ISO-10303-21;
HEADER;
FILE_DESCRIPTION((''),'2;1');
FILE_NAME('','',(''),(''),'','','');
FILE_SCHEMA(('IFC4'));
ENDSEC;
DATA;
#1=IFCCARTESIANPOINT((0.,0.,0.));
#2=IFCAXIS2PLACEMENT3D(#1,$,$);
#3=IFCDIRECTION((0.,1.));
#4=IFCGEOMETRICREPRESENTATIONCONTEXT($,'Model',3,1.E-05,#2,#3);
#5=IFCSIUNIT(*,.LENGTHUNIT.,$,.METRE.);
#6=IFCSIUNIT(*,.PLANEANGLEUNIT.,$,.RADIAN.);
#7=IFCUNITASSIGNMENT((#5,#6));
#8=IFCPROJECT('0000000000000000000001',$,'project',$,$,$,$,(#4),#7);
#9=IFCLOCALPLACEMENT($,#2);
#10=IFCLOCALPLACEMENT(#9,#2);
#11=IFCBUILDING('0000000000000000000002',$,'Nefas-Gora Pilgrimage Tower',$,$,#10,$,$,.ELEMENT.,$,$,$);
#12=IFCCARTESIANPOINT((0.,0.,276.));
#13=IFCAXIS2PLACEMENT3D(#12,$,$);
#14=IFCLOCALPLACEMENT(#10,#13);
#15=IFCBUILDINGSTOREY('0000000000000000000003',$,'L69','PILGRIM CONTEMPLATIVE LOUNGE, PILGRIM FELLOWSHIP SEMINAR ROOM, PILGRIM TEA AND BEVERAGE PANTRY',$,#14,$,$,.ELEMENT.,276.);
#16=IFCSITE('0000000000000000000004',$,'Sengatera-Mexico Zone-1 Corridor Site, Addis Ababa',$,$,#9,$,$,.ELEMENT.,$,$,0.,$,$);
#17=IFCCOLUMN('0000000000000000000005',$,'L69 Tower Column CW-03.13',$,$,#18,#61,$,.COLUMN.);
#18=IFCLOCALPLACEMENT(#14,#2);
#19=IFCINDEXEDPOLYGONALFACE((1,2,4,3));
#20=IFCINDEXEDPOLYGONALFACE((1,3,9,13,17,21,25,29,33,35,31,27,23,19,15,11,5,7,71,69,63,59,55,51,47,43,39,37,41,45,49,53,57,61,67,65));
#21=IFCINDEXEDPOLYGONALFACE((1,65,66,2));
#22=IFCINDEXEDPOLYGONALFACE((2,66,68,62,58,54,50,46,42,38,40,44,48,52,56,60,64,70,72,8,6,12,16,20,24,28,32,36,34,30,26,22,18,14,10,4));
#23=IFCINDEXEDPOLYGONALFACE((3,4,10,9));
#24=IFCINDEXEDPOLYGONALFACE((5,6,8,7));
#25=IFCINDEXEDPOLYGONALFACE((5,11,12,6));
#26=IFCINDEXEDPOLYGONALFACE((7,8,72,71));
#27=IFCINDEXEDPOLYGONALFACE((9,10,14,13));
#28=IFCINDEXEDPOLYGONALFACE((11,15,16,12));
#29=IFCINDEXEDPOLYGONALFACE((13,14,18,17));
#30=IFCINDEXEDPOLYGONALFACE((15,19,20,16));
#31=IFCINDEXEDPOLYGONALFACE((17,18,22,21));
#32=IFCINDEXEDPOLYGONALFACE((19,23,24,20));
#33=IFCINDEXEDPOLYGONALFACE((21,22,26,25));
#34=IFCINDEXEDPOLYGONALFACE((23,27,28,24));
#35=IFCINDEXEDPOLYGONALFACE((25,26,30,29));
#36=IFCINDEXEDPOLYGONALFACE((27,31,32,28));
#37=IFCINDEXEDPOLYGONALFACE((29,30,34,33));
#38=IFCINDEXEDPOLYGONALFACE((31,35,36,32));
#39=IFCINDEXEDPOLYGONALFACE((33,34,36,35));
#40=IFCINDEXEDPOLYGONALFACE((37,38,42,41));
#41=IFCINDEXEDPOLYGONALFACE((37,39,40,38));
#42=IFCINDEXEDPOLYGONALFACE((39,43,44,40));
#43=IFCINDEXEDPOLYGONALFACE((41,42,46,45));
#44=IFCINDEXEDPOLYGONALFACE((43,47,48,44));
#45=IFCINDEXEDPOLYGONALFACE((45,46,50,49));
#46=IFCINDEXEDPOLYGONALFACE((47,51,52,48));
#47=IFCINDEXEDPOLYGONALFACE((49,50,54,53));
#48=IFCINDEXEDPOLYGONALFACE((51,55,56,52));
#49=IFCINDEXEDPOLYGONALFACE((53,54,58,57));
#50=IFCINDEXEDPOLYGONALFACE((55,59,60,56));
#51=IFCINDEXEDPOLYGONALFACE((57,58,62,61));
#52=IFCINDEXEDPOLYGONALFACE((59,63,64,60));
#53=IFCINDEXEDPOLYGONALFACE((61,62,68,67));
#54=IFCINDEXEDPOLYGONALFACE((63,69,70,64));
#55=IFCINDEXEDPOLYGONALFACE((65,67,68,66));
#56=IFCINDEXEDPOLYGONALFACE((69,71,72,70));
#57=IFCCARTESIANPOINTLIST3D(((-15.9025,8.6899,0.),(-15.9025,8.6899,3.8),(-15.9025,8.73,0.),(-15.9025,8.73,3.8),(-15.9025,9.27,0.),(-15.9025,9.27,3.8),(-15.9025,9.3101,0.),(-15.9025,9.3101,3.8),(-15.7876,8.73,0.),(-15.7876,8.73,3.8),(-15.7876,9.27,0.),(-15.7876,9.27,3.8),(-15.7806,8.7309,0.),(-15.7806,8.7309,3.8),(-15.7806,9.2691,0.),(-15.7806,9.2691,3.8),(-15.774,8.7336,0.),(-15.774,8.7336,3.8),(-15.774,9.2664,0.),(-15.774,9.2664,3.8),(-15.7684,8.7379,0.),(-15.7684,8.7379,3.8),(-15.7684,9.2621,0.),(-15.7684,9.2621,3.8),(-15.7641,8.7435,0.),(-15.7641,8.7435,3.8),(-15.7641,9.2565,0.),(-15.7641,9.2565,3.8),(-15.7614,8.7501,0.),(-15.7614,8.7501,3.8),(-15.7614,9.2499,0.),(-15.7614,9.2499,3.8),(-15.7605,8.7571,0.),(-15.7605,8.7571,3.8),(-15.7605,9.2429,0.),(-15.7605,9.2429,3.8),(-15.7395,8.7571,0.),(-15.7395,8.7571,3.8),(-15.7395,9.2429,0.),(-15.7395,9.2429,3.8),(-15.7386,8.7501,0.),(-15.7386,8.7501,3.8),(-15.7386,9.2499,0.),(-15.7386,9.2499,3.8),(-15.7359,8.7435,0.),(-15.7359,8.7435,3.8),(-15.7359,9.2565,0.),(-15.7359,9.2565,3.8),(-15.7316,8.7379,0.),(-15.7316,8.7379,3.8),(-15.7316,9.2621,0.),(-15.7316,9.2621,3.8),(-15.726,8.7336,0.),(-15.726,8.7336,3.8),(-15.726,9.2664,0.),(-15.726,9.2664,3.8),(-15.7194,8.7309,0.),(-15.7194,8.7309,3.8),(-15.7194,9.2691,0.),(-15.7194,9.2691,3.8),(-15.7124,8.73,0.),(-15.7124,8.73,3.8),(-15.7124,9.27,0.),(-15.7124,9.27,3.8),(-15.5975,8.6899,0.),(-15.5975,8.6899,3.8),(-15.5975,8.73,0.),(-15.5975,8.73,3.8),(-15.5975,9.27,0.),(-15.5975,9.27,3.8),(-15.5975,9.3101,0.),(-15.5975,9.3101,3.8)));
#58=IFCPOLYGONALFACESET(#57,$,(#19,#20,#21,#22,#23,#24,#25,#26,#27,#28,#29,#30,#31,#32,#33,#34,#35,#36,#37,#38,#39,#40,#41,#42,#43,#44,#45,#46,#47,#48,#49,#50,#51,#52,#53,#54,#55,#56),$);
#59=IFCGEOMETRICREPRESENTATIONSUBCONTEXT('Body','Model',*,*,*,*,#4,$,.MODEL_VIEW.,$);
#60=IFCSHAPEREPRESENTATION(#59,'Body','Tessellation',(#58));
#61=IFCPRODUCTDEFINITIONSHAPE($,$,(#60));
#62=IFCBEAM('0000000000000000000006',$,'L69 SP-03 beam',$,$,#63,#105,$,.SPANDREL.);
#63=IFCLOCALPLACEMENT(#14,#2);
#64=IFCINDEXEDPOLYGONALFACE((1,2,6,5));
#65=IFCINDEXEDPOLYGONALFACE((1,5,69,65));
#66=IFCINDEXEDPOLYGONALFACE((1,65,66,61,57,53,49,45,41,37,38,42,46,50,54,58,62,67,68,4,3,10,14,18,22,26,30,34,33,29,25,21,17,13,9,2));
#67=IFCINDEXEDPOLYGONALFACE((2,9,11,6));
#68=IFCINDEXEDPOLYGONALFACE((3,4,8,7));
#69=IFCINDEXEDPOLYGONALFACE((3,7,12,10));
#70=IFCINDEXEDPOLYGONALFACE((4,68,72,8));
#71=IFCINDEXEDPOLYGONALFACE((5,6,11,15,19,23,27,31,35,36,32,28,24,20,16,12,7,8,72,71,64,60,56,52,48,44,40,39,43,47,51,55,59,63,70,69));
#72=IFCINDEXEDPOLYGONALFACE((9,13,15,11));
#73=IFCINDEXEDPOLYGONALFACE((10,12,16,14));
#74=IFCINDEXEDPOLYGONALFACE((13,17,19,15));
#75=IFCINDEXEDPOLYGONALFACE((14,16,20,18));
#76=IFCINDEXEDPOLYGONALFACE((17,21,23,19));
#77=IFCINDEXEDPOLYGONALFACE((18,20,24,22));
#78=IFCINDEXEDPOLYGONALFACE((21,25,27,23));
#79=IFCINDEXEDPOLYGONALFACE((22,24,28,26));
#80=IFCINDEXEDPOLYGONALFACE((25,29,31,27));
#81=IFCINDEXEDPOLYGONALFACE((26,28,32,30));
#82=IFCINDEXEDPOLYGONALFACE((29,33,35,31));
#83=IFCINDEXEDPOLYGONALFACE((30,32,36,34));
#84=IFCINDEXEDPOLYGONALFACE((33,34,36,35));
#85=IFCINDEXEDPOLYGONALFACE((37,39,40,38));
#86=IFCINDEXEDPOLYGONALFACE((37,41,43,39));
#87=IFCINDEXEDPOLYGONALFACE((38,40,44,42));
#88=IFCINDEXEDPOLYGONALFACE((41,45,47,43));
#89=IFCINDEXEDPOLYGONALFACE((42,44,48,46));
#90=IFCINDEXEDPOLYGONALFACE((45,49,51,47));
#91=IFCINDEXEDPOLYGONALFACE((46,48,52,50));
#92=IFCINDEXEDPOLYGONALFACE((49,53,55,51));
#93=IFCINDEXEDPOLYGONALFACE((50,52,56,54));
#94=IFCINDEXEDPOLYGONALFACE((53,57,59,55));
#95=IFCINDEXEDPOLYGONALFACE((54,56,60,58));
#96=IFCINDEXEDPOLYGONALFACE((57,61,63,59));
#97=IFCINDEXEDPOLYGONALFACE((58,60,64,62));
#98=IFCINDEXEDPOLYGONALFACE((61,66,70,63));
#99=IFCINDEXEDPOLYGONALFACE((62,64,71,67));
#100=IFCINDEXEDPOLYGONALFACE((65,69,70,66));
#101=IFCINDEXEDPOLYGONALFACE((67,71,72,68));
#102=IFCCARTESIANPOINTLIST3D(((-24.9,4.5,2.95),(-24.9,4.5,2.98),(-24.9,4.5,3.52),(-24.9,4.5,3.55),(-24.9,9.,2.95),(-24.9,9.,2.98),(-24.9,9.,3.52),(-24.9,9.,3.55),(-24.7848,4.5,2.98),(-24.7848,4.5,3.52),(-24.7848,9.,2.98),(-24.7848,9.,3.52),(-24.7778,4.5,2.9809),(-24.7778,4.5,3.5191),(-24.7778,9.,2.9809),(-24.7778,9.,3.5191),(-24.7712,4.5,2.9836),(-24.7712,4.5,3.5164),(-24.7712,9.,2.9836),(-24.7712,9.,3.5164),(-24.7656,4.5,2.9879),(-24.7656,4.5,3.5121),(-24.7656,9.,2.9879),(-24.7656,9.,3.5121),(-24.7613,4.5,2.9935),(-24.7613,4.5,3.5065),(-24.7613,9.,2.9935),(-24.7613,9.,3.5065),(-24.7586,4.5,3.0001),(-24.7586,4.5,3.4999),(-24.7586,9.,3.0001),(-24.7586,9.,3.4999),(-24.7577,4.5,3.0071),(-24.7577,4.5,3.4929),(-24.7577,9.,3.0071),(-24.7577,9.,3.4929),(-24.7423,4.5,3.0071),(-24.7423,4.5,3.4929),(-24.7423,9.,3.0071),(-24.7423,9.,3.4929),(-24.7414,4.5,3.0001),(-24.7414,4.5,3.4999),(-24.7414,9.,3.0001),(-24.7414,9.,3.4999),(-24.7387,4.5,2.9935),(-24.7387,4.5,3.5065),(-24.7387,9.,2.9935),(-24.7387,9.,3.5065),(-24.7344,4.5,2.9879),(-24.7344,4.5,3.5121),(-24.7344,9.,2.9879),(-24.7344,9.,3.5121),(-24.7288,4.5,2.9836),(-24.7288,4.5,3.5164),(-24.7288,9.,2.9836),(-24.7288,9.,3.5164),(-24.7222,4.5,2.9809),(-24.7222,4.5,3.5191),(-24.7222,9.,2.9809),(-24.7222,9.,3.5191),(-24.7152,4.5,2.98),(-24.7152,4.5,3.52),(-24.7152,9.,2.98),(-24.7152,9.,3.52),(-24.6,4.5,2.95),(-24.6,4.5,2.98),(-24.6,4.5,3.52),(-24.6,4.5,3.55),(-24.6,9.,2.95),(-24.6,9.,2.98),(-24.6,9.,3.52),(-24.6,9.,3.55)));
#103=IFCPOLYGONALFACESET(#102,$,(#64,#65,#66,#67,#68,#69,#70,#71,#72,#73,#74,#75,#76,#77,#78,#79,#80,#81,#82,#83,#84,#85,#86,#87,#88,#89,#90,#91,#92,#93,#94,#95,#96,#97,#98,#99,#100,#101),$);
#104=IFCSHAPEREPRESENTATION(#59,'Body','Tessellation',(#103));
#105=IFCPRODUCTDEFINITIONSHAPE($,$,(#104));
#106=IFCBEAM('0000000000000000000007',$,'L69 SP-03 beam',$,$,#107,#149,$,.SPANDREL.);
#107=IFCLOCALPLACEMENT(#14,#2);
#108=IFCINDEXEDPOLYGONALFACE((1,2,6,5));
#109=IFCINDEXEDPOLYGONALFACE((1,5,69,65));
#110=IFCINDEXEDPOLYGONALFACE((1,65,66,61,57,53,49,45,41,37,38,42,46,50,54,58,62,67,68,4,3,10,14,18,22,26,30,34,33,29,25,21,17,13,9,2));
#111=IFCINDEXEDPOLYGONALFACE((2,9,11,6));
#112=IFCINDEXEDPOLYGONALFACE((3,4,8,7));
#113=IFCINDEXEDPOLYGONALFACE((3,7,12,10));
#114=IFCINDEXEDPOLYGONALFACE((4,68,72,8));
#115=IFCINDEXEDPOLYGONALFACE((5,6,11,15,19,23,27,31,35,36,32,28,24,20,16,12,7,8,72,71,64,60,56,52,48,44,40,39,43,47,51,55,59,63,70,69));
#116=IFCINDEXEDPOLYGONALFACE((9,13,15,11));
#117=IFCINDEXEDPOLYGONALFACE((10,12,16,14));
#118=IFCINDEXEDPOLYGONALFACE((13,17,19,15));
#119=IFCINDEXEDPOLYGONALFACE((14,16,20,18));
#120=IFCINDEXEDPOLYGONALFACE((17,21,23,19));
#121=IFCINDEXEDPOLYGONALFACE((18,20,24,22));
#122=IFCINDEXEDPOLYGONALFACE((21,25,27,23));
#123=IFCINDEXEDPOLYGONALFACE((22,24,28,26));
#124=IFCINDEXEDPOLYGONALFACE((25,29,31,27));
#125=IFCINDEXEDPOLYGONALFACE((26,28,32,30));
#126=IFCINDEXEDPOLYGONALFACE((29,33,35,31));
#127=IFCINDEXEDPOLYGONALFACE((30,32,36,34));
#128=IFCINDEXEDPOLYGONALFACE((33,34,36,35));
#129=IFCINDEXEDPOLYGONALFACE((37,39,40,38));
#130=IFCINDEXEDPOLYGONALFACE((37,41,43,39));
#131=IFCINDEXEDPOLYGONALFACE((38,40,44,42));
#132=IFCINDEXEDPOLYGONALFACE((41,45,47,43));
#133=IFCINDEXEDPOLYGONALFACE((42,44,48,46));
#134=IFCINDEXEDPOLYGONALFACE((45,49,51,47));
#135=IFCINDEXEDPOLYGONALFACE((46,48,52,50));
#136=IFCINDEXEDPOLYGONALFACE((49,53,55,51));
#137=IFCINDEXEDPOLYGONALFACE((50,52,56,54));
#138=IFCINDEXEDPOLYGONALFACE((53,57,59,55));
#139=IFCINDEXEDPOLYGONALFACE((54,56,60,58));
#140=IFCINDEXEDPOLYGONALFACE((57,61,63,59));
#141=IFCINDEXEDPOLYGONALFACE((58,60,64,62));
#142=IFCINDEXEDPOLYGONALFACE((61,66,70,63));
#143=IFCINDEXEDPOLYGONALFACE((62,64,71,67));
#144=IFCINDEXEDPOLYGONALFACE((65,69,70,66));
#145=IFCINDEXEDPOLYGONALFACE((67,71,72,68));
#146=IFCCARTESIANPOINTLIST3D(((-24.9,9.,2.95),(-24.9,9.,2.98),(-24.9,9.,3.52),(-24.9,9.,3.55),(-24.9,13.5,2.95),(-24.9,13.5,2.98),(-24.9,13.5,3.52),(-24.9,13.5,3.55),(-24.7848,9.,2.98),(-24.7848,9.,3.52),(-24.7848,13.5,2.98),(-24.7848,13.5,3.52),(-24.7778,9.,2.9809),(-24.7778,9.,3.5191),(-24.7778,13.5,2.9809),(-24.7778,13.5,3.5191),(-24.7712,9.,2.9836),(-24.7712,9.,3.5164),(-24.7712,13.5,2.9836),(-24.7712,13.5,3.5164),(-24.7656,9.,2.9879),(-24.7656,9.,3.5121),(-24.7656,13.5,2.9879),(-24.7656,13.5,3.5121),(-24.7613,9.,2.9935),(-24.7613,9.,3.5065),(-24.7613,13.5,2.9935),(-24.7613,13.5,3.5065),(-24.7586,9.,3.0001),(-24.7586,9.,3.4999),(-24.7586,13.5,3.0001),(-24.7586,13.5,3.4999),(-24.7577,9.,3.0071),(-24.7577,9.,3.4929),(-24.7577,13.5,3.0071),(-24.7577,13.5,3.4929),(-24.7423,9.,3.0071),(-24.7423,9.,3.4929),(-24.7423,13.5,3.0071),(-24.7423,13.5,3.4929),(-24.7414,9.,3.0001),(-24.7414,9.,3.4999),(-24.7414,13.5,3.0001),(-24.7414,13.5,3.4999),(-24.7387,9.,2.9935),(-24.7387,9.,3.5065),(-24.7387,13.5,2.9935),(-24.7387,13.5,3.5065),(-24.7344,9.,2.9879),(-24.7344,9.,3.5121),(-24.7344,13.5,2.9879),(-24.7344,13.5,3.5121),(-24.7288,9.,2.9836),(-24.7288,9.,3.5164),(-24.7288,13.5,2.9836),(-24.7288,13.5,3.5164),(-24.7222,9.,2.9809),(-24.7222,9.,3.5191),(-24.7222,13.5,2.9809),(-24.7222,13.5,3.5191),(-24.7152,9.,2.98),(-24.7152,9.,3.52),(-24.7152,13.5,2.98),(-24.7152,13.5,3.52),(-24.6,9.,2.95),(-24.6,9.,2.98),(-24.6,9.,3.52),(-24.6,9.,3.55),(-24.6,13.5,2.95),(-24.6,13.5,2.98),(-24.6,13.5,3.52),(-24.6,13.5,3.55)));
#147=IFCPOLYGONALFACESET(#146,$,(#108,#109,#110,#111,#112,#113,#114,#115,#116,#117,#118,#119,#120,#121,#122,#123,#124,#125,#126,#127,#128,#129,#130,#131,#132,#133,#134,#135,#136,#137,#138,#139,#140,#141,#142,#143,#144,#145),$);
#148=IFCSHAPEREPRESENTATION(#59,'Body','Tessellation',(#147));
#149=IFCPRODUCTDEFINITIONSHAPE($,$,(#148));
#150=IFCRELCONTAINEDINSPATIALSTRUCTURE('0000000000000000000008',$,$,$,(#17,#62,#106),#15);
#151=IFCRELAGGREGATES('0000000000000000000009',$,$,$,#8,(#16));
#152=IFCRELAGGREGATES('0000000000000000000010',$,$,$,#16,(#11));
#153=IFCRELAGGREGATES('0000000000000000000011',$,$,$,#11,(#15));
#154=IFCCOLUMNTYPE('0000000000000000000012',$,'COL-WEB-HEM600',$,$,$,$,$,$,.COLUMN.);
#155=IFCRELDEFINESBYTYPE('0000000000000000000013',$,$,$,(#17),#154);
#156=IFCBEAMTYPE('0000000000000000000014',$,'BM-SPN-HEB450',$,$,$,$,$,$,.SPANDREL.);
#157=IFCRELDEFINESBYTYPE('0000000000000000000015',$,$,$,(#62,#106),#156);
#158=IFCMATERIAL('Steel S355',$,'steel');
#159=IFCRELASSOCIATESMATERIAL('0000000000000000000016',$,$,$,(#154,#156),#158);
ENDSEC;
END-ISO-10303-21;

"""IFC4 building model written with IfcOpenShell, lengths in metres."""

from ifc_helpers import new_model, si_unit, direction, frame, origin, origin_2d, place, context, subcontext, project, spatial, i_section, extrude, source, transform, mapped, material, material_profile, profile_set, type_object, element, save


model = new_model("IFC4")

# Units and contexts
model_context = context("Model", 3, precision=1e-05, world=origin(), true_north=direction((0.0, 1.0)))
body_context = subcontext(model_context, "Body", "Model", "MODEL_VIEW")
ifc_project = project(units=[si_unit("LENGTHUNIT", "METRE"), si_unit("PLANEANGLEUNIT", "RADIAN")], contexts=[model_context])

# Site, building, storey
site_placement = place(None, origin())
site = spatial("IfcSite", under=ifc_project, at=site_placement, Name="Sengatera-Mexico Zone-1 Corridor Site, Addis Ababa", CompositionType="ELEMENT", RefElevation=0.0)
building_placement = place(site_placement, origin())
building = spatial("IfcBuilding", under=site, at=building_placement, Name="Nefas-Gora Pilgrimage Tower", CompositionType="ELEMENT")
storey_placement = place(building_placement, frame((0.0, 0.0, 276.0)))
storey = spatial("IfcBuildingStorey", under=building, at=storey_placement, Name="L69", Description="PILGRIM CONTEMPLATIVE LOUNGE, PILGRIM FELLOWSHIP SEMINAR ROOM, PILGRIM TEA AND BEVERAGE PANTRY", CompositionType="ELEMENT", Elevation=276.0)

# Column
ifc_material_1 = material(Name="Steel S355", Category="steel")
ifc_material_profile_1 = material_profile(ifc_material_1, i_section(OverallWidth=0.3049, OverallDepth=0.6201, WebThickness=0.021, FlangeThickness=0.04, FilletRadius=0.0271, at=origin_2d()), Name="HEM 600")
ifc_profile_set_1 = profile_set([ifc_material_profile_1], Name="Steel S355")
column_type_1 = type_object("IfcColumnType", Name="COL-WEB-HEM600", PredefinedType="COLUMN", material=ifc_profile_set_1)
shared_shape_1 = source(origin(), body_context, "Body", "SweptSolid", [
    extrude(i_section(OverallWidth=0.3049, OverallDepth=0.6201, WebThickness=0.021, FlangeThickness=0.04, FilletRadius=0.0271, at=origin_2d()), origin(), (0.0, 0.0, 1.0), 3.8),
])
for number, where, z_axis, x_axis, name in (
    (1, (-15.75, 9.0, 0.0), (0.0, 0.0, 1.0), (1.0, 0.0, 0.0), "L69 Tower Column CW-03.13"),
):
    element("IfcColumn", number, at=place(storey_placement, frame(where, z_axis=z_axis, x_axis=x_axis)), inside=storey, type_object=column_type_1, Name=name, PredefinedType="COLUMN", context=body_context, shape_type="MappedRepresentation", body=[
        mapped(shared_shape_1, transform((0.0, 0.0, 0.0), x_axis=(1.0, 0.0, 0.0), y_axis=(0.0, 1.0, 0.0), z_axis=(0.0, 0.0, 1.0), scale=1.0)),
    ])

# Beams
ifc_material_profile_2 = material_profile(ifc_material_1, i_section(OverallWidth=0.3, OverallDepth=0.6001, WebThickness=0.0154, FlangeThickness=0.03, FilletRadius=0.0271, at=origin_2d()), Name="HEB 600")
ifc_profile_set_2 = profile_set([ifc_material_profile_2], Name="Steel S355")
beam_type_1 = type_object("IfcBeamType", Name="BM-SPN-HEB450", PredefinedType="SPANDREL", material=ifc_profile_set_2)
shared_shape_2 = source(origin(), body_context, "Body", "SweptSolid", [
    extrude(i_section(OverallWidth=0.3, OverallDepth=0.6001, WebThickness=0.0154, FlangeThickness=0.03, FilletRadius=0.0271, at=origin_2d()), origin(), (0.0, 0.0, 1.0), 4.5),
])
for number, where, z_axis, x_axis, name in (
    (2, (-24.75, 4.5, 3.25), (0.0, 1.0, 0.0), (-1.0, 0.0, 0.0), "L69 SP-03 beam"),
    (3, (-24.75, 9.0, 3.25), (0.0, 1.0, 0.0), (-1.0, 0.0, 0.0), "L69 SP-03 beam"),
):
    element("IfcBeam", number, at=place(storey_placement, frame(where, z_axis=z_axis, x_axis=x_axis)), inside=storey, type_object=beam_type_1, Name=name, PredefinedType="SPANDREL", context=body_context, shape_type="MappedRepresentation", body=[
        mapped(shared_shape_2, transform((0.0, 0.0, 0.0), x_axis=(1.0, 0.0, 0.0), y_axis=(0.0, 1.0, 0.0), z_axis=(0.0, 0.0, 1.0), scale=1.0)),
    ])

save(model, "model.ifc")
